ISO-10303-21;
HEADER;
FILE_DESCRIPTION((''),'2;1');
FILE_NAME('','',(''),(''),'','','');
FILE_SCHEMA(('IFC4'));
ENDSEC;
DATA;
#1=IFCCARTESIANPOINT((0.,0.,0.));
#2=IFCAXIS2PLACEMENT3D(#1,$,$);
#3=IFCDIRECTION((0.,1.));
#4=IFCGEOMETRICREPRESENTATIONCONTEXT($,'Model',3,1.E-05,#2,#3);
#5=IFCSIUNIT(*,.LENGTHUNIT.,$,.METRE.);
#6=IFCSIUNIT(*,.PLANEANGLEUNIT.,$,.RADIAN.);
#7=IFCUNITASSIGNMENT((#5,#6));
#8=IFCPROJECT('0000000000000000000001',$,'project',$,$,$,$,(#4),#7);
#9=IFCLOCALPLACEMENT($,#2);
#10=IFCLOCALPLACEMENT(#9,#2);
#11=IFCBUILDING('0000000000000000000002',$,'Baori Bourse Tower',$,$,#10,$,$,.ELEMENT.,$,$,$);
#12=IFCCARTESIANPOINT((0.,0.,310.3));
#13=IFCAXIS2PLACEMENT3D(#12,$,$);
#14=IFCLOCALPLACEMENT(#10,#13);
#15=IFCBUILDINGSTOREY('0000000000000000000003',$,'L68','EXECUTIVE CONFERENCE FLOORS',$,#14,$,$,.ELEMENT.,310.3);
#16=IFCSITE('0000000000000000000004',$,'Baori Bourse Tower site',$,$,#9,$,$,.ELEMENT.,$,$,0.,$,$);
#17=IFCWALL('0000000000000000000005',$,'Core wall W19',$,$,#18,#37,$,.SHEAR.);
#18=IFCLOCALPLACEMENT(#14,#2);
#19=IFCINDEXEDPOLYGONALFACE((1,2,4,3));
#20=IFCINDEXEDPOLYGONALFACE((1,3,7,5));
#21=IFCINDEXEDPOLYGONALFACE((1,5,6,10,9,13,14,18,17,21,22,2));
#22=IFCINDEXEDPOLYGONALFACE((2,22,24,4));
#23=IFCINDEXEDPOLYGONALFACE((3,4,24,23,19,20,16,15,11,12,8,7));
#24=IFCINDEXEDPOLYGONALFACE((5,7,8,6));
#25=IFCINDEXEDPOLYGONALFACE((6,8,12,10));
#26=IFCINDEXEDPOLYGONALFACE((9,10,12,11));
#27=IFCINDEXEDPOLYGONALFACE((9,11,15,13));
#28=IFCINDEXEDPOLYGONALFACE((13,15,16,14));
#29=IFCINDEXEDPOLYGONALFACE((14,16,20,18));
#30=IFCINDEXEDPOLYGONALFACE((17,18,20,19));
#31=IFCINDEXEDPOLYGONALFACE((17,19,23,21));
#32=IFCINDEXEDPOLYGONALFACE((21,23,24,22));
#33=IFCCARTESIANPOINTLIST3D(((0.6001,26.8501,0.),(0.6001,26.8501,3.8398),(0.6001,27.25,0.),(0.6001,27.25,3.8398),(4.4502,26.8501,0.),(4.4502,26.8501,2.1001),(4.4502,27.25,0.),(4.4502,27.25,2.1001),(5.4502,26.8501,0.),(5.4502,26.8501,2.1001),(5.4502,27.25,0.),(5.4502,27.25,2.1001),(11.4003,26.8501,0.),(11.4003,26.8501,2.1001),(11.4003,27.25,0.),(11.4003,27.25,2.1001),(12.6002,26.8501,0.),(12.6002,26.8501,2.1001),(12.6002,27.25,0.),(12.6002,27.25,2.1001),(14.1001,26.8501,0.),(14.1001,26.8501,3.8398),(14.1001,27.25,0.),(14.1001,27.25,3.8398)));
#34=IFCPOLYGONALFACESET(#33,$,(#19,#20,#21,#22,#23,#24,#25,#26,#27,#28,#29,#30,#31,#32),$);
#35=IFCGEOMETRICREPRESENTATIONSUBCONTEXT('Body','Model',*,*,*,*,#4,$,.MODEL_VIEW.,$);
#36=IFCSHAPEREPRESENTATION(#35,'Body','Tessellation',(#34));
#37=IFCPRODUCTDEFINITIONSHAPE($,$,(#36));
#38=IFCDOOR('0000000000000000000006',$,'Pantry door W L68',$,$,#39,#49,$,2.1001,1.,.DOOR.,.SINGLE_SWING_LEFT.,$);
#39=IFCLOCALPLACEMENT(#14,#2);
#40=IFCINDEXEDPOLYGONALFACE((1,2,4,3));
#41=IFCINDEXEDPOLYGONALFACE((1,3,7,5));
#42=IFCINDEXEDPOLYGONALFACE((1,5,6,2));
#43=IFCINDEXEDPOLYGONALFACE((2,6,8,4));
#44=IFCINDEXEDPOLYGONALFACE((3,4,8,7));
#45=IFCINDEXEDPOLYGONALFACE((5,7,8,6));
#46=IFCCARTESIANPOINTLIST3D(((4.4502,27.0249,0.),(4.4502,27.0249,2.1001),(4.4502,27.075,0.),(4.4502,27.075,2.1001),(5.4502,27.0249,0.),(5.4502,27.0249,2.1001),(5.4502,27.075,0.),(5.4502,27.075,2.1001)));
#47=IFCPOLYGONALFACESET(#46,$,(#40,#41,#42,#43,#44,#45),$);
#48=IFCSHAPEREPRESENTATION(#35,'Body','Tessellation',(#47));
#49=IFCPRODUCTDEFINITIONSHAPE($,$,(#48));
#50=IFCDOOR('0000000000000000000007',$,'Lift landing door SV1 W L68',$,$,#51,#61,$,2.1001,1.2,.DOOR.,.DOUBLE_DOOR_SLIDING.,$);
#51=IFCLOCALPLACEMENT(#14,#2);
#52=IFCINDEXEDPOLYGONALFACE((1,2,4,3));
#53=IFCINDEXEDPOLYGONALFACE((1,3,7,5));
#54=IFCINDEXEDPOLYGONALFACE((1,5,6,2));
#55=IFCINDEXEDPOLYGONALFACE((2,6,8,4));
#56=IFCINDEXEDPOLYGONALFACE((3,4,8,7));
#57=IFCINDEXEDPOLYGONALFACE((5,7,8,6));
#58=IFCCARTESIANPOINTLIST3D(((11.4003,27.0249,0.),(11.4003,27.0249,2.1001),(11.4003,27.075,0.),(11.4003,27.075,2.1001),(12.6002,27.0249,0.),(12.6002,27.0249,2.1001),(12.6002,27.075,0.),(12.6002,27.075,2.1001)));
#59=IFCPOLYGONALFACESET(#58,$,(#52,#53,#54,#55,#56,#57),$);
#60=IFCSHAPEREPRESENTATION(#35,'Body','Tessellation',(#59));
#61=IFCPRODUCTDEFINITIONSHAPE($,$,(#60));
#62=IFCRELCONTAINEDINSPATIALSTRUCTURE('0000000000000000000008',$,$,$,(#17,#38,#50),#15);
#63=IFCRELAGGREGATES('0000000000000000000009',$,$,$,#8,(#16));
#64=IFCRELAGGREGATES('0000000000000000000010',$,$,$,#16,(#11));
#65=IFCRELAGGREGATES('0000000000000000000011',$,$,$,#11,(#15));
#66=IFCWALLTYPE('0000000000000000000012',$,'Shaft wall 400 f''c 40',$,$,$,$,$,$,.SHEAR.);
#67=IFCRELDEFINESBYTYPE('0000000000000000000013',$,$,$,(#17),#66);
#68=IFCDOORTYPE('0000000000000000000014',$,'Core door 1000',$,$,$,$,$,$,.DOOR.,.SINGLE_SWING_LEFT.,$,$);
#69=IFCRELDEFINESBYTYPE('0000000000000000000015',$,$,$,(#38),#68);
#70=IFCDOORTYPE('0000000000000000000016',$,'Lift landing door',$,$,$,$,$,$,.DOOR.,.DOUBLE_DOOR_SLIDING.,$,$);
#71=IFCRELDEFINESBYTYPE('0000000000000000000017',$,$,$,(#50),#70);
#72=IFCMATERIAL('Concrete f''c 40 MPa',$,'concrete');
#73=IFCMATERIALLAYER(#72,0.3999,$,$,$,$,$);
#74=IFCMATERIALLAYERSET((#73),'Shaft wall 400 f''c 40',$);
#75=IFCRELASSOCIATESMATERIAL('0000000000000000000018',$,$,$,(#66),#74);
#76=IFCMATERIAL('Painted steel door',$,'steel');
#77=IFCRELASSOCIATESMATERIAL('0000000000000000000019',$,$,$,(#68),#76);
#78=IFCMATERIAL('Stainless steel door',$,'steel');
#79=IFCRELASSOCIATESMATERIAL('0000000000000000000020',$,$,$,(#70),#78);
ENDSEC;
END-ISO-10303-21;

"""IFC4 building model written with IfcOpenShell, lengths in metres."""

from ifc_helpers import new_model, si_unit, direction, frame, frame_2d, origin, place, context, subcontext, project, spatial, rectangle, extrude, material, layer, layer_set, type_object, element, fill, save


model = new_model("IFC4")

# Units and contexts
model_context = context("Model", 3, precision=1e-05, world=origin(), true_north=direction((0.0, 1.0)))
body_context = subcontext(model_context, "Body", "Model", "MODEL_VIEW")
ifc_project = project(units=[si_unit("LENGTHUNIT", "METRE"), si_unit("PLANEANGLEUNIT", "RADIAN")], contexts=[model_context])

# Site, building, storey
site_placement = place(None, origin())
site = spatial("IfcSite", under=ifc_project, at=site_placement, Name="Baori Bourse Tower site", CompositionType="ELEMENT", RefElevation=0.0)
building_placement = place(site_placement, origin())
building = spatial("IfcBuilding", under=site, at=building_placement, Name="Baori Bourse Tower", CompositionType="ELEMENT")
storey_placement = place(building_placement, frame((0.0, 0.0, 310.3)))
storey = spatial("IfcBuildingStorey", under=building, at=storey_placement, Name="L68", Description="EXECUTIVE CONFERENCE FLOORS", CompositionType="ELEMENT", Elevation=310.3)

# Shared definitions
ifc_material_1 = material(Name="Concrete f'c 40 MPa", Category="concrete")
ifc_layer_1 = layer(ifc_material_1, 0.3999)
ifc_layer_set_1 = layer_set([ifc_layer_1], Name="Shaft wall 400 f'c 40")
wall_type_1 = type_object("IfcWallType", Name="Shaft wall 400 f'c 40", PredefinedType="SHEAR", material=ifc_layer_set_1)

# Wall, openings, doors
wall_1_placement = place(storey_placement, frame((0.6001, 27.05, 0.0), z_axis=(0.0, 0.0, 1.0), x_axis=(1.0, 0.0, 0.0)))
wall_1 = element("IfcWall", 1, at=wall_1_placement, inside=storey, type_object=wall_type_1, Name="Core wall W19", PredefinedType="SHEAR", context=body_context, shape_type="SweptSolid", body=[
    extrude(rectangle(XDim=13.5, YDim=0.3999, at=frame_2d((6.75, 0.0))), origin(), (0.0, 0.0, 1.0), 3.8398),
])
opening_1_placement = place(wall_1_placement, frame((3.8501, 0.0, 0.0)))
opening_1 = element("IfcOpeningElement", 2, at=opening_1_placement, cuts=wall_1, PredefinedType="OPENING", context=body_context, shape_type="SweptSolid", body=[
    extrude(rectangle(XDim=1.0, YDim=2.1001, at=frame_2d((0.5, 1.05))), frame((0.0, 0.21, 0.0), z_axis=(0.0, -1.0, 0.0), x_axis=(1.0, 0.0, 0.0)), (0.0, 0.0, 1.0), 0.4199),
])
opening_2_placement = place(wall_1_placement, frame((10.8, 0.0, 0.0)))
opening_2 = element("IfcOpeningElement", 3, at=opening_2_placement, cuts=wall_1, PredefinedType="OPENING", context=body_context, shape_type="SweptSolid", body=[
    extrude(rectangle(XDim=1.2, YDim=2.1001, at=frame_2d((0.6001, 1.05))), frame((0.0, 0.21, 0.0), z_axis=(0.0, -1.0, 0.0), x_axis=(1.0, 0.0, 0.0)), (0.0, 0.0, 1.0), 0.4199),
])
ifc_material_2 = material(Name="Painted steel door", Category="steel")
door_type_1 = type_object("IfcDoorType", Name="Core door 1000", OperationType="SINGLE_SWING_LEFT", PredefinedType="DOOR", material=ifc_material_2)
door_1_placement = place(opening_1_placement, origin())
door_1 = element("IfcDoor", 4, at=door_1_placement, inside=storey, type_object=door_type_1, Name="Pantry door W L68", OperationType="SINGLE_SWING_LEFT", OverallHeight=2.1001, OverallWidth=1.0, PredefinedType="DOOR", context=body_context, shape_type="SweptSolid", body=[
    extrude(rectangle(XDim=1.0, YDim=2.1001, at=frame_2d((0.5, 1.05))), frame((0.0, 0.0249, 0.0), z_axis=(0.0, -1.0, 0.0), x_axis=(1.0, 0.0, 0.0)), (0.0, 0.0, 1.0), 0.05),
])
fill(opening_1, door_1)
ifc_material_3 = material(Name="Stainless steel door", Category="steel")
door_type_2 = type_object("IfcDoorType", Name="Lift landing door", OperationType="DOUBLE_DOOR_SLIDING", PredefinedType="DOOR", material=ifc_material_3)
door_2_placement = place(opening_2_placement, origin())
door_2 = element("IfcDoor", 5, at=door_2_placement, inside=storey, type_object=door_type_2, Name="Lift landing door SV1 W L68", OperationType="DOUBLE_DOOR_SLIDING", OverallHeight=2.1001, OverallWidth=1.2, PredefinedType="DOOR", context=body_context, shape_type="SweptSolid", body=[
    extrude(rectangle(XDim=1.2, YDim=2.1001, at=frame_2d((0.6001, 1.05))), frame((0.0, 0.0249, 0.0), z_axis=(0.0, -1.0, 0.0), x_axis=(1.0, 0.0, 0.0)), (0.0, 0.0, 1.0), 0.05),
])
fill(opening_2, door_2)

save(model, "model.ifc")
